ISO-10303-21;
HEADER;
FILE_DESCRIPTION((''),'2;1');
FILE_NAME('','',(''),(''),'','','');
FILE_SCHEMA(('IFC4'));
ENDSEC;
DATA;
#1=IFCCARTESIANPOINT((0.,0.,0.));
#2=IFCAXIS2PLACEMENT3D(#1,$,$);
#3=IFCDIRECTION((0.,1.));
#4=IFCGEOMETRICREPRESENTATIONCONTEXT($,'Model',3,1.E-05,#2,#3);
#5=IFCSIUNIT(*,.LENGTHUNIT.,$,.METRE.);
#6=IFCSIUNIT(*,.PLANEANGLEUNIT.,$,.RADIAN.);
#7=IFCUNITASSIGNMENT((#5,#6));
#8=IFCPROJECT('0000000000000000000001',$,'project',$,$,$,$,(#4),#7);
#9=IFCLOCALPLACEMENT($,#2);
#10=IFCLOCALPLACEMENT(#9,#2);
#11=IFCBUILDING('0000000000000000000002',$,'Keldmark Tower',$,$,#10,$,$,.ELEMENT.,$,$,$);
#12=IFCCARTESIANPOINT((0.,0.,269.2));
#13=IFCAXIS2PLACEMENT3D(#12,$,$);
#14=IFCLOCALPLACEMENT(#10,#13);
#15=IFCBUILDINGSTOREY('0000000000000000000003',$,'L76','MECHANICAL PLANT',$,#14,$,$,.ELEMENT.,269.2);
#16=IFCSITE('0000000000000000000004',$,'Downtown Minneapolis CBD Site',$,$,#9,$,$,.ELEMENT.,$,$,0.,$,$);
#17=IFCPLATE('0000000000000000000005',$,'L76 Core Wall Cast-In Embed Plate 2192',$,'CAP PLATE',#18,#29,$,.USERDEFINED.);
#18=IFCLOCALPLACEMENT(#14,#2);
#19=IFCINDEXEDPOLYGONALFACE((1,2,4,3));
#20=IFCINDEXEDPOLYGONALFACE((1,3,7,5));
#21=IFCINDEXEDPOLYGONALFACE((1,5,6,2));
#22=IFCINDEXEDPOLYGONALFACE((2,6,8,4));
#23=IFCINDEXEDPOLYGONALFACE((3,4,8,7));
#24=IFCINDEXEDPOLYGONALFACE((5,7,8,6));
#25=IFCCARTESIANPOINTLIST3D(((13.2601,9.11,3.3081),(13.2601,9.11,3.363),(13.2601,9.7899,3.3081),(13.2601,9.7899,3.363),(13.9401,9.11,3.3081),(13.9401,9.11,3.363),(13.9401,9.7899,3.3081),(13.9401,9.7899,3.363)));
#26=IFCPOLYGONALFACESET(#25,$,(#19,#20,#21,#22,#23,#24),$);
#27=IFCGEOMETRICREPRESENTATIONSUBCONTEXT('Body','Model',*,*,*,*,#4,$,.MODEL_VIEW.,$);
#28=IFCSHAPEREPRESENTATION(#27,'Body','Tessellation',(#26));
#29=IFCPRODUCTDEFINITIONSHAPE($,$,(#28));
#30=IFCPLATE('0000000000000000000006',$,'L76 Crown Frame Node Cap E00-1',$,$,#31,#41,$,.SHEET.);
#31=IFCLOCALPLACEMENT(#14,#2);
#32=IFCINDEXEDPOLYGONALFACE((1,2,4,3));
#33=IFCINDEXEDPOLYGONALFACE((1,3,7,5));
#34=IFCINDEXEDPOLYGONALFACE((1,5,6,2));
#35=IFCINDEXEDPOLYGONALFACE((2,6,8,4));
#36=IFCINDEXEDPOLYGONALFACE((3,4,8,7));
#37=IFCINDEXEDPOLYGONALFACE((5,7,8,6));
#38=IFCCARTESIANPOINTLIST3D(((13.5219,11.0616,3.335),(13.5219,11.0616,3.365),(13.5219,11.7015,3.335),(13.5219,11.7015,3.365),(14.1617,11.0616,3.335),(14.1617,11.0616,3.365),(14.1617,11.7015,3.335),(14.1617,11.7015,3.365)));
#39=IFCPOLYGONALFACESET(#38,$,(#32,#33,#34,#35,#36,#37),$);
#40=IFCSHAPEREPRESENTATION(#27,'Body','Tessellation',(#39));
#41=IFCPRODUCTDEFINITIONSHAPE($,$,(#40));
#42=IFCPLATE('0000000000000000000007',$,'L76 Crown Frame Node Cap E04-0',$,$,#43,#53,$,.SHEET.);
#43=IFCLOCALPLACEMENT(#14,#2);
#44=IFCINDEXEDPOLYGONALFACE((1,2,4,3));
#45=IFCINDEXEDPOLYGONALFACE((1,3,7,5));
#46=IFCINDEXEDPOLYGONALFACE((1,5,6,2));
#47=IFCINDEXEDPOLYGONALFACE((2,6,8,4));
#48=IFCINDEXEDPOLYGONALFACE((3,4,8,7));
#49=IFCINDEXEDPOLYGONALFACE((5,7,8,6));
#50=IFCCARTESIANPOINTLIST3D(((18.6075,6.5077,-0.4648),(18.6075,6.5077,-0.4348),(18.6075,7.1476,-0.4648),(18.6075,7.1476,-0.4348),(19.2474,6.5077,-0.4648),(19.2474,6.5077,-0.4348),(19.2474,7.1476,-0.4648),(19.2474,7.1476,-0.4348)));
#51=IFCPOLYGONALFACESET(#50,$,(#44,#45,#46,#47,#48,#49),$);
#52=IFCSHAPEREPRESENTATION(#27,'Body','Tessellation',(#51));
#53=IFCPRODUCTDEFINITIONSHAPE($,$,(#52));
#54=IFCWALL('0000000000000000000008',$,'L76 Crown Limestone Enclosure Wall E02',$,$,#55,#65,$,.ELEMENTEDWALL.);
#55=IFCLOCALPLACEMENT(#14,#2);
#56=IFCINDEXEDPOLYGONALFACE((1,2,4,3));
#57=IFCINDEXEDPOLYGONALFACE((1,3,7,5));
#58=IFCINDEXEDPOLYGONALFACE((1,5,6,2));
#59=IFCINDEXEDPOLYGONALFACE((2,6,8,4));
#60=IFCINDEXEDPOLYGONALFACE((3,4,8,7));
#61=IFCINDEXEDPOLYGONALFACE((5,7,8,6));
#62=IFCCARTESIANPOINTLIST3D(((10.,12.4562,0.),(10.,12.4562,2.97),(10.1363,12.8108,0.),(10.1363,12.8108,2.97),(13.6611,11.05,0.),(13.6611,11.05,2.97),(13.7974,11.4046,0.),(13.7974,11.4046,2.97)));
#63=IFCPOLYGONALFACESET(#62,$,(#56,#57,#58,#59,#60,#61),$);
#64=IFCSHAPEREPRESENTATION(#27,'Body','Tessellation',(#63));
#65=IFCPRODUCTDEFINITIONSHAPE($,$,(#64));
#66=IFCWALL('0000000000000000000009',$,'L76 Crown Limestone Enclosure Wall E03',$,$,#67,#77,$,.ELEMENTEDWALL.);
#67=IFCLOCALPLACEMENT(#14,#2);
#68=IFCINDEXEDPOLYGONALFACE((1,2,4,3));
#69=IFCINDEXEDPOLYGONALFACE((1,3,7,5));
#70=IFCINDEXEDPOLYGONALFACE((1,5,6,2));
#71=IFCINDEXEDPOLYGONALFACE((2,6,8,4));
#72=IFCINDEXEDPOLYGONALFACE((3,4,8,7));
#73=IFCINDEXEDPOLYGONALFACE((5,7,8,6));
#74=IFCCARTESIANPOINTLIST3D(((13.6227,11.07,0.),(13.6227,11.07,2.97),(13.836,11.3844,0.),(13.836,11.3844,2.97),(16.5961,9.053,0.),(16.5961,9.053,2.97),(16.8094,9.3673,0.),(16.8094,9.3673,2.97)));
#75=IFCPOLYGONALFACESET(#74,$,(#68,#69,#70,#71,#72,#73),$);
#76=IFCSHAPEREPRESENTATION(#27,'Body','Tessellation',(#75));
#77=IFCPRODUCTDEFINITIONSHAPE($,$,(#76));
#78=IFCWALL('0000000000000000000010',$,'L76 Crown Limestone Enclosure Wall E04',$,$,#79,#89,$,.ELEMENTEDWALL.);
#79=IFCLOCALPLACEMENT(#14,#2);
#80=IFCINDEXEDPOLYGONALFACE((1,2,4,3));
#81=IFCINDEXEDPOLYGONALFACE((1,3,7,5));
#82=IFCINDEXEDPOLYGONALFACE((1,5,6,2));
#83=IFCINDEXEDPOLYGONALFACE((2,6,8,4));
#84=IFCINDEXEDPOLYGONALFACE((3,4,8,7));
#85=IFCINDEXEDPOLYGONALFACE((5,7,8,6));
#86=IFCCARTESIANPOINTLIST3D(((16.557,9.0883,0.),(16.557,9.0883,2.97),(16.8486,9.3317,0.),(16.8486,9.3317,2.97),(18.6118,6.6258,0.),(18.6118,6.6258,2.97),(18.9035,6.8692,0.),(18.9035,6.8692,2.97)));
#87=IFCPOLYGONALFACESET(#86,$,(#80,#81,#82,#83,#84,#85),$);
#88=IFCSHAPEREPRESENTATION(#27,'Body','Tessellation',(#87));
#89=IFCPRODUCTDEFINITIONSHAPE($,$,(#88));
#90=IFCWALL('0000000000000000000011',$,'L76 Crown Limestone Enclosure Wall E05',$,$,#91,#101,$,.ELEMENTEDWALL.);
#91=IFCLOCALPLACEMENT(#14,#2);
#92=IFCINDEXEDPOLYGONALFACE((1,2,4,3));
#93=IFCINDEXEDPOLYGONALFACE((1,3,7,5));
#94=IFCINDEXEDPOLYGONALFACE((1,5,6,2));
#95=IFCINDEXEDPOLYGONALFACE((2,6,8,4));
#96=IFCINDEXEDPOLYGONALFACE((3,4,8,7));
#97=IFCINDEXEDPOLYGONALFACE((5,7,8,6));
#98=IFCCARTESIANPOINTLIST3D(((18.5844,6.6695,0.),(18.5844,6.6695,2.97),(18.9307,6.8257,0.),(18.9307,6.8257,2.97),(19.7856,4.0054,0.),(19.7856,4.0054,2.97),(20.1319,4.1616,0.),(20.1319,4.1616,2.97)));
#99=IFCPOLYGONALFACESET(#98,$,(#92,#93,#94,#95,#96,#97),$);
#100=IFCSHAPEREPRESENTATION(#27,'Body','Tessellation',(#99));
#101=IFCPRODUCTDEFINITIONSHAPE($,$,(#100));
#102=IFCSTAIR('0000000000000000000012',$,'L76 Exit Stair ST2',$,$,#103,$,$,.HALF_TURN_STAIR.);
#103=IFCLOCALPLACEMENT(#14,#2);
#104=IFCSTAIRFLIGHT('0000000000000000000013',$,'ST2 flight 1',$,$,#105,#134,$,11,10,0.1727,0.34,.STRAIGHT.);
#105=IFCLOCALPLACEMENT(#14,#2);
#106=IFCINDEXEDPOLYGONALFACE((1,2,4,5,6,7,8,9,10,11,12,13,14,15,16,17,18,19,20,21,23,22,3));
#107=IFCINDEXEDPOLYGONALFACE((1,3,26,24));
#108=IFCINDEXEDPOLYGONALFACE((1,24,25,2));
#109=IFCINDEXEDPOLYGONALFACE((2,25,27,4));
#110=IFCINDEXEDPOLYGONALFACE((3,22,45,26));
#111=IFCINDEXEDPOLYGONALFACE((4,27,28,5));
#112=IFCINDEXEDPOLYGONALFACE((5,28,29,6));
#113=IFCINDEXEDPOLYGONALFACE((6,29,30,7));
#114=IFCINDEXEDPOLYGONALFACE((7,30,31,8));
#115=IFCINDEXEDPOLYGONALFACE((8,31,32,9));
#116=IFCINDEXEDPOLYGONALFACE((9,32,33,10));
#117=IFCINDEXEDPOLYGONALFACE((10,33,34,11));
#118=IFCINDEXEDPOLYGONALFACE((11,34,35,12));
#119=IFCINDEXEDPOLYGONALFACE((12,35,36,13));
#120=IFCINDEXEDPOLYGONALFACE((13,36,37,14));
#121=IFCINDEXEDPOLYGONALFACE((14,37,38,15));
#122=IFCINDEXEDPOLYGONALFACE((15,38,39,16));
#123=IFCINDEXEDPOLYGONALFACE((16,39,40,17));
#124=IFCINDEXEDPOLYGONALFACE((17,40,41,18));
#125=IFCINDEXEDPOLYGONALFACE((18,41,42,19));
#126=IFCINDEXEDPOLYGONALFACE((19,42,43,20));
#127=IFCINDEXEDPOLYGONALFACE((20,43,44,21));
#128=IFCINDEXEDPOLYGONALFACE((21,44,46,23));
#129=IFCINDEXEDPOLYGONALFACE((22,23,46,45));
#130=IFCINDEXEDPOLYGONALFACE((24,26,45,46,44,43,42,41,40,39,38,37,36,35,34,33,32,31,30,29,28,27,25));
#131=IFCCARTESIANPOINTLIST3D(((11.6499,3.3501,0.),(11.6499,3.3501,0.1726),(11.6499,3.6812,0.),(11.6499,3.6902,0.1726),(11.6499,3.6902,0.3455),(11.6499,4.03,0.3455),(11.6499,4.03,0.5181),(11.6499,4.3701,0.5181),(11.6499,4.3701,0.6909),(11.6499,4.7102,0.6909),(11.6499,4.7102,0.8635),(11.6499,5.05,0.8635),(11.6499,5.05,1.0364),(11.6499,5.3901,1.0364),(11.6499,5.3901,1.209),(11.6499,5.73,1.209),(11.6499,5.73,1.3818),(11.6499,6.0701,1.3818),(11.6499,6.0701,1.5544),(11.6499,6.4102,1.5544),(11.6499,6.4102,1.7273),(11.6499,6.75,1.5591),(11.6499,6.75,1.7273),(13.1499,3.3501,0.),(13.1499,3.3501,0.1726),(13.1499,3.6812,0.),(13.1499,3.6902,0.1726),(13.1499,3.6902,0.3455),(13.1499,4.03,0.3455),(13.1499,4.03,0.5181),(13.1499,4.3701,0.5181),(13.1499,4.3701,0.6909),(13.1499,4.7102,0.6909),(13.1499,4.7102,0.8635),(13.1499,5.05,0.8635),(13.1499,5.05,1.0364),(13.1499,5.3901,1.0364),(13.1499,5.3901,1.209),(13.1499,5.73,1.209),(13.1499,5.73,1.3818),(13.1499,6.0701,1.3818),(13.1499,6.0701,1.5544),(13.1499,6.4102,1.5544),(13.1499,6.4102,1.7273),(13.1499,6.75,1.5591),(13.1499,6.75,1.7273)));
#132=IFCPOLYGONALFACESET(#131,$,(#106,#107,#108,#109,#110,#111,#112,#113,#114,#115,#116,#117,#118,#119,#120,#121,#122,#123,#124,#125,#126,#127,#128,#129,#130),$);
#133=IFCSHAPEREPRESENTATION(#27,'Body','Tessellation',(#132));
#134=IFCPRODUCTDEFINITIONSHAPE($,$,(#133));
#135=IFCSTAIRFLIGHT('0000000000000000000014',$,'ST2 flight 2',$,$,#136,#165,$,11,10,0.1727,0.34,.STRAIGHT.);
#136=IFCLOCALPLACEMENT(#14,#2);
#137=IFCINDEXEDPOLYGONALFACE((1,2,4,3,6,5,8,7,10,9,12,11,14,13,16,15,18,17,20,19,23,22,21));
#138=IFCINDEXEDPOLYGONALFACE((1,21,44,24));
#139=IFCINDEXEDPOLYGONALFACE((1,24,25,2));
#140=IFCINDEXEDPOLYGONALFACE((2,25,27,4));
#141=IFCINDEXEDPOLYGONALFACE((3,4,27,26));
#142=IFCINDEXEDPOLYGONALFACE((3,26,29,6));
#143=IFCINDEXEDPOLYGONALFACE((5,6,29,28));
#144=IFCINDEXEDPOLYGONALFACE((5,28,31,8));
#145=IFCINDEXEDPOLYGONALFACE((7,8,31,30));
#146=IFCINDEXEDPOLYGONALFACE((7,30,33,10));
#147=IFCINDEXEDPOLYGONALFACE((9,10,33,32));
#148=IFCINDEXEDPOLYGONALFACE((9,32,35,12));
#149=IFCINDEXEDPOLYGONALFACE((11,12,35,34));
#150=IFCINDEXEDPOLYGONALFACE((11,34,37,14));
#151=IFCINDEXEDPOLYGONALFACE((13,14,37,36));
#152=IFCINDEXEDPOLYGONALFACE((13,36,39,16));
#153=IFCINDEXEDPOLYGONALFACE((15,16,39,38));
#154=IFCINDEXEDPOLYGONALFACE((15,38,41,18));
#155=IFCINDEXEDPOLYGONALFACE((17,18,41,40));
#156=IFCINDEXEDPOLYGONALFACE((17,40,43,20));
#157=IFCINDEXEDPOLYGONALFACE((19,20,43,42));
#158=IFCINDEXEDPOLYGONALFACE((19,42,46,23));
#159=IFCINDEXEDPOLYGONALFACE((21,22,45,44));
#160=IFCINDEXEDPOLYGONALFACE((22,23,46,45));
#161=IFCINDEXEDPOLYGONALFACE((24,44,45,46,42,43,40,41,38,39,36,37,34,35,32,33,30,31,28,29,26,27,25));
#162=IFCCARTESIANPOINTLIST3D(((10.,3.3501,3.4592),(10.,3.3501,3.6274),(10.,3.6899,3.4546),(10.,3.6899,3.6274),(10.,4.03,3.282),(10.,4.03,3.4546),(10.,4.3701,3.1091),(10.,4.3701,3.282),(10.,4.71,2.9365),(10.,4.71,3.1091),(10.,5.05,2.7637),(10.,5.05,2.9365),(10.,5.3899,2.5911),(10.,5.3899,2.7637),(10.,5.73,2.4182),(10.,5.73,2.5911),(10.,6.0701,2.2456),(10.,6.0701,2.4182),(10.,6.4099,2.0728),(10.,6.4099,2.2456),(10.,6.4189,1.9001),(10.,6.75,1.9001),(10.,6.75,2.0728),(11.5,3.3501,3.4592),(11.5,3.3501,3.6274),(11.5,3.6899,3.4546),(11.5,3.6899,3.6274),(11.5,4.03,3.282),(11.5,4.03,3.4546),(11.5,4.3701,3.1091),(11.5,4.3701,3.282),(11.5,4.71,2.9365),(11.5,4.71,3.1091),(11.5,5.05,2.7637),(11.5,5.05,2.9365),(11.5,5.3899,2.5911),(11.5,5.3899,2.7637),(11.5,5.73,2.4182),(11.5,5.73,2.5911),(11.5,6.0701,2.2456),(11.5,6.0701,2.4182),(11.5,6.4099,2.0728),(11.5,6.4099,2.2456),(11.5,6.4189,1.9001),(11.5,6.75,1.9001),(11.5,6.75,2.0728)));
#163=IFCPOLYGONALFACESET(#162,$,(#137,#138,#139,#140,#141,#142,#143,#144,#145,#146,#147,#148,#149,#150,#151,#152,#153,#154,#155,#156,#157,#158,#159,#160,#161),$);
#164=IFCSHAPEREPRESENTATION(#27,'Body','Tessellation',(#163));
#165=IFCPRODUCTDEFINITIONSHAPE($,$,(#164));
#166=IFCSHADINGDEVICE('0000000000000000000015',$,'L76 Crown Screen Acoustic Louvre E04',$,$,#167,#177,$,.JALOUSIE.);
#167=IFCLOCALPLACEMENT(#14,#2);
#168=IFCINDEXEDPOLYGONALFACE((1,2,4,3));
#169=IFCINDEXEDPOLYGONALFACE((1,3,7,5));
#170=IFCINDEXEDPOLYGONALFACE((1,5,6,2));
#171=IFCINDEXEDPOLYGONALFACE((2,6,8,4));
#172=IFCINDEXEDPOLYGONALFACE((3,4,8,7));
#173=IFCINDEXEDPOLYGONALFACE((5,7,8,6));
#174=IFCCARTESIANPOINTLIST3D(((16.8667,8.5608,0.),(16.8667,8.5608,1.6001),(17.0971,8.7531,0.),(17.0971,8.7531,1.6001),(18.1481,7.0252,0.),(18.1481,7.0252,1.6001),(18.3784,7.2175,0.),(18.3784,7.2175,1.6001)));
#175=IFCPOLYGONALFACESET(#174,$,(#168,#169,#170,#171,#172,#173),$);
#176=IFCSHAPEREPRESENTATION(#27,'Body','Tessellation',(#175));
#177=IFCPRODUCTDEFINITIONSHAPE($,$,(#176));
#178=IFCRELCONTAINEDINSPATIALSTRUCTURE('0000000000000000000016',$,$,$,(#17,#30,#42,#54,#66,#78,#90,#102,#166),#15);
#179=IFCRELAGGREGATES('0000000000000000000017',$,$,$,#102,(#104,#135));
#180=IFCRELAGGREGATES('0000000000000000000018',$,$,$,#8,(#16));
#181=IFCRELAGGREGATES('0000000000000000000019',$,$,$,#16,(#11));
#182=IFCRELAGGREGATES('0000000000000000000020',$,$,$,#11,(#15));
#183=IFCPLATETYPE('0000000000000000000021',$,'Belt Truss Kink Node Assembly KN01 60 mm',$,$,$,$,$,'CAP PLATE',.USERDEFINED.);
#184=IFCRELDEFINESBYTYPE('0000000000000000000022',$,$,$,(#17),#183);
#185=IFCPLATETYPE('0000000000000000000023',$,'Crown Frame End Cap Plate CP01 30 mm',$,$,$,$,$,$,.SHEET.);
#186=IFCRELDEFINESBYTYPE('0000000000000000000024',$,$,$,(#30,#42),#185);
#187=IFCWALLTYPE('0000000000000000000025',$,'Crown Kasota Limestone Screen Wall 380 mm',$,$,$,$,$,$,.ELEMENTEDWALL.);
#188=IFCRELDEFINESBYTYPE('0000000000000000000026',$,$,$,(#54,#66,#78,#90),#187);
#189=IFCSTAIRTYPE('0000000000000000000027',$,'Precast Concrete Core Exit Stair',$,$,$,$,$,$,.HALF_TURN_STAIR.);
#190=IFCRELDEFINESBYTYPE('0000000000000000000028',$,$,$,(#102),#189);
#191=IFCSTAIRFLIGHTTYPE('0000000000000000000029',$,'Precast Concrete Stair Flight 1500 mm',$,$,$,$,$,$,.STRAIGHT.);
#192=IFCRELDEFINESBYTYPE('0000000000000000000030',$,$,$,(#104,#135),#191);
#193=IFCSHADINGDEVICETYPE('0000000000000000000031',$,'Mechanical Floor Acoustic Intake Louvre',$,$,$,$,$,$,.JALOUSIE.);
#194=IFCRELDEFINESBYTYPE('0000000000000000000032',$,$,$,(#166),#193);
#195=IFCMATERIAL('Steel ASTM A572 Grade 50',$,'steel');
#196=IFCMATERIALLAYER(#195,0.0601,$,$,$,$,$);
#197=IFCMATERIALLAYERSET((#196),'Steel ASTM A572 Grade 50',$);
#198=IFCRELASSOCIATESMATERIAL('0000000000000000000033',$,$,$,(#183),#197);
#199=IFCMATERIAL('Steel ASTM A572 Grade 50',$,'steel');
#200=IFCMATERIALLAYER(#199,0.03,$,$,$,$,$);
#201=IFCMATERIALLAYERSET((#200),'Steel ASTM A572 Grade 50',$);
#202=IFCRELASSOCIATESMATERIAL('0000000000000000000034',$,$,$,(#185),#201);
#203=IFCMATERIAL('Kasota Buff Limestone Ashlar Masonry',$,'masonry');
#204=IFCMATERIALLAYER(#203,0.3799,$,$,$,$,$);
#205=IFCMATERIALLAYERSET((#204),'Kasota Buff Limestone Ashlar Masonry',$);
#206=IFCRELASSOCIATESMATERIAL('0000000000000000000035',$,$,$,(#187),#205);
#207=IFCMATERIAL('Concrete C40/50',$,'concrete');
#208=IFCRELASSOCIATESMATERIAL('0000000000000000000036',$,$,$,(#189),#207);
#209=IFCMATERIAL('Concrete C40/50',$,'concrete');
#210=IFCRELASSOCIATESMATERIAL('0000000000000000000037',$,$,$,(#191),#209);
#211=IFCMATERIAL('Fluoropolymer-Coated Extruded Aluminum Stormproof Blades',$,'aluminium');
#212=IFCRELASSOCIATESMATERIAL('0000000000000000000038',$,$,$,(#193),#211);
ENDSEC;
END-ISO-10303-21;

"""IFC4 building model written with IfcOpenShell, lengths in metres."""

from ifc_helpers import new_model, si_unit, direction, frame, frame_2d, origin, origin_2d, place, context, subcontext, project, spatial, polyline, rectangle, outline, extrude, material, layer, layer_set, type_object, element, aggregate, save


model = new_model("IFC4")

# Units and contexts
model_context = context("Model", 3, precision=1e-05, world=origin(), true_north=direction((0.0, 1.0)))
body_context = subcontext(model_context, "Body", "Model", "MODEL_VIEW")
ifc_project = project(units=[si_unit("LENGTHUNIT", "METRE"), si_unit("PLANEANGLEUNIT", "RADIAN")], contexts=[model_context])

# Site, building, storey
site_placement = place(None, origin())
site = spatial("IfcSite", under=ifc_project, at=site_placement, Name="Downtown Minneapolis CBD Site", CompositionType="ELEMENT", RefElevation=0.0)
building_placement = place(site_placement, origin())
building = spatial("IfcBuilding", under=site, at=building_placement, Name="Keldmark Tower", CompositionType="ELEMENT")
storey_placement = place(building_placement, frame((0.0, 0.0, 269.2)))
storey = spatial("IfcBuildingStorey", under=building, at=storey_placement, Name="L76", Description="MECHANICAL PLANT", CompositionType="ELEMENT", Elevation=269.2)

# Plates
ifc_material_1 = material(Name="Steel ASTM A572 Grade 50", Category="steel")
ifc_layer_1 = layer(ifc_material_1, 0.0601)
ifc_layer_set_1 = layer_set([ifc_layer_1], Name="Steel ASTM A572 Grade 50")
plate_type_1 = type_object("IfcPlateType", Name="Belt Truss Kink Node Assembly KN01 60 mm", ElementType="CAP PLATE", PredefinedType="USERDEFINED", material=ifc_layer_set_1)
for number, where, z_axis, x_axis, name in (
    (1, (13.6001, 9.45, 3.3081), (0.0, 0.0, 1.0), (1.0, 0.0, 0.0), "L76 Core Wall Cast-In Embed Plate 2192"),
):
    element("IfcPlate", number, at=place(storey_placement, frame(where, z_axis=z_axis, x_axis=x_axis)), inside=storey, type_object=plate_type_1, Name=name, ObjectType="CAP PLATE", PredefinedType="USERDEFINED", context=body_context, shape_type="SweptSolid", body=[
        extrude(rectangle(XDim=0.6799, YDim=0.6799, at=origin_2d()), origin(), (0.0, 0.0, 1.0), 0.0549),
    ])
ifc_material_2 = material(Name="Steel ASTM A572 Grade 50", Category="steel")
ifc_layer_2 = layer(ifc_material_2, 0.03)
ifc_layer_set_2 = layer_set([ifc_layer_2], Name="Steel ASTM A572 Grade 50")
plate_type_2 = type_object("IfcPlateType", Name="Crown Frame End Cap Plate CP01 30 mm", PredefinedType="SHEET", material=ifc_layer_set_2)
for number, where, z_axis, x_axis, name in (
    (2, (13.8418, 11.3816, 3.335), (0.0, 0.0, 1.0), (1.0, 0.0, 0.0), "L76 Crown Frame Node Cap E00-1"),
    (3, (18.9275, 6.8276, -0.4648), (0.0, 0.0, 1.0), (1.0, 0.0, 0.0), "L76 Crown Frame Node Cap E04-0"),
):
    element("IfcPlate", number, at=place(storey_placement, frame(where, z_axis=z_axis, x_axis=x_axis)), inside=storey, type_object=plate_type_2, Name=name, PredefinedType="SHEET", context=body_context, shape_type="SweptSolid", body=[
        extrude(rectangle(XDim=0.6399, YDim=0.6399, at=origin_2d()), origin(), (0.0, 0.0, 1.0), 0.03),
    ])

# Walls
ifc_material_3 = material(Name="Kasota Buff Limestone Ashlar Masonry", Category="masonry")
ifc_layer_3 = layer(ifc_material_3, 0.3799)
ifc_layer_set_3 = layer_set([ifc_layer_3], Name="Kasota Buff Limestone Ashlar Masonry")
wall_type_1 = type_object("IfcWallType", Name="Crown Kasota Limestone Screen Wall 380 mm", PredefinedType="ELEMENTEDWALL", material=ifc_layer_set_3)
wall_1_placement = place(storey_placement, frame((13.7292, 11.2273, 0.0), z_axis=(0.0, 0.0, 1.0), x_axis=(-0.933506, 0.358562, 0.0)))
element("IfcWall", 4, at=wall_1_placement, inside=storey, type_object=wall_type_1, Name="L76 Crown Limestone Enclosure Wall E02", PredefinedType="ELEMENTEDWALL", context=body_context, shape_type="SweptSolid", body=[
    extrude(rectangle(XDim=3.9219, YDim=0.3799, at=frame_2d((1.9609, 0.0))), origin(), (0.0, 0.0, 1.0), 2.97),
])
wall_2_placement = place(storey_placement, frame((16.7026, 9.2102, 0.0), z_axis=(0.0, 0.0, 1.0), x_axis=(-0.827549, 0.561393, 0.0)))
element("IfcWall", 5, at=wall_2_placement, inside=storey, type_object=wall_type_1, Name="L76 Crown Limestone Enclosure Wall E03", PredefinedType="ELEMENTEDWALL", context=body_context, shape_type="SweptSolid", body=[
    extrude(rectangle(XDim=3.593, YDim=0.3799, at=frame_2d((1.7964, 0.0))), origin(), (0.0, 0.0, 1.0), 2.97),
])
wall_3_placement = place(storey_placement, frame((18.7576, 6.7476, 0.0), z_axis=(0.0, 0.0, 1.0), x_axis=(-0.640686, 0.767803, 0.0)))
element("IfcWall", 6, at=wall_3_placement, inside=storey, type_object=wall_type_1, Name="L76 Crown Limestone Enclosure Wall E04", PredefinedType="ELEMENTEDWALL", context=body_context, shape_type="SweptSolid", body=[
    extrude(rectangle(XDim=3.2073, YDim=0.3799, at=frame_2d((1.6035, 0.0))), origin(), (0.0, 0.0, 1.0), 2.97),
])
wall_4_placement = place(storey_placement, frame((19.9587, 4.0835, 0.0), z_axis=(0.0, 0.0, 1.0), x_axis=(-0.411032, 0.911621, 0.0)))
element("IfcWall", 7, at=wall_4_placement, inside=storey, type_object=wall_type_1, Name="L76 Crown Limestone Enclosure Wall E05", PredefinedType="ELEMENTEDWALL", context=body_context, shape_type="SweptSolid", body=[
    extrude(rectangle(XDim=2.9224, YDim=0.3799, at=frame_2d((1.4612, 0.0))), origin(), (0.0, 0.0, 1.0), 2.97),
])

# Stair, stair flights
ifc_material_4 = material(Name="Concrete C40/50", Category="concrete")
stair_type = type_object("IfcStairType", Name="Precast Concrete Core Exit Stair", PredefinedType="HALF_TURN_STAIR", material=ifc_material_4)
stair_placement = place(storey_placement, origin())
stair = element("IfcStair", 8, at=stair_placement, inside=storey, type_object=stair_type, Name="L76 Exit Stair ST2", PredefinedType="HALF_TURN_STAIR")
ifc_material_5 = material(Name="Concrete C40/50", Category="concrete")
stair_flight_type = type_object("IfcStairFlightType", Name="Precast Concrete Stair Flight 1500 mm", PredefinedType="STRAIGHT", material=ifc_material_5)
stair_flight_1_placement = place(storey_placement, frame((12.3999, 3.3501, 0.0), z_axis=(0.0, 0.0, 1.0), x_axis=(0.0, 1.0, 0.0)))
stair_flight_1 = element("IfcStairFlight", 9, at=stair_flight_1_placement, type_object=stair_flight_type, Name="ST2 flight 1", NumberOfRisers=11, NumberOfTreads=10, PredefinedType="STRAIGHT", RiserHeight=0.1727, TreadLength=0.34, context=body_context, shape_type="SweptSolid", body=[
    extrude(outline(polyline([(0.0, 0.0), (0.0, 0.1726), (0.3401, 0.1726), (0.3401, 0.3455), (0.6799, 0.3455), (0.6799, 0.5181), (1.02, 0.5181), (1.02, 0.6909), (1.3601, 0.6909), (1.3601, 0.8635), (1.7, 0.8635), (1.7, 1.0364), (2.04, 1.0364), (2.04, 1.209), (2.3799, 1.209), (2.3799, 1.3818), (2.72, 1.3818), (2.72, 1.5544), (3.0601, 1.5544), (3.0601, 1.7273), (3.3999, 1.7273), (3.3999, 1.8999), (3.3999, 1.5591), (0.3311, 0.0), (0.0, 0.0)])), frame((0.0, 0.75, 0.0), z_axis=(0.0, -1.0, 0.0), x_axis=(1.0, 0.0, 0.0)), (0.0, 0.0, 1.0), 1.5),
])
stair_flight_2_placement = place(storey_placement, frame((10.75, 6.75, 1.9001), z_axis=(0.0, 0.0, 1.0), x_axis=(0.0, -1.0, 0.0)))
stair_flight_2 = element("IfcStairFlight", 10, at=stair_flight_2_placement, type_object=stair_flight_type, Name="ST2 flight 2", NumberOfRisers=11, NumberOfTreads=10, PredefinedType="STRAIGHT", RiserHeight=0.1727, TreadLength=0.34, context=body_context, shape_type="SweptSolid", body=[
    extrude(outline(polyline([(0.0, 0.0), (0.0, 0.1726), (0.3401, 0.1726), (0.3401, 0.3455), (0.6799, 0.3455), (0.6799, 0.5181), (1.02, 0.5181), (1.02, 0.6909), (1.3601, 0.6909), (1.3601, 0.8635), (1.7, 0.8635), (1.7, 1.0364), (2.04, 1.0364), (2.04, 1.209), (2.3799, 1.209), (2.3799, 1.3818), (2.72, 1.3818), (2.72, 1.5544), (3.0601, 1.5544), (3.0601, 1.7273), (3.3999, 1.7273), (3.3999, 1.8999), (3.3999, 1.5591), (0.3311, 0.0), (0.0, 0.0)])), frame((0.0, 0.75, 0.0), z_axis=(0.0, -1.0, 0.0), x_axis=(1.0, 0.0, 0.0)), (0.0, 0.0, 1.0), 1.5),
])
aggregate(stair, [stair_flight_1, stair_flight_2])

# Shading device
ifc_material_6 = material(Name="Fluoropolymer-Coated Extruded Aluminum Stormproof Blades", Category="aluminium")
shading_device_type = type_object("IfcShadingDeviceType", Name="Mechanical Floor Acoustic Intake Louvre", PredefinedType="JALOUSIE", material=ifc_material_6)
shading_device_placement = place(storey_placement, frame((17.6226, 7.8892, 0.0), z_axis=(0.0, 0.0, 1.0), x_axis=(-0.640686, 0.767803, 0.0)))
element("IfcShadingDevice", 11, at=shading_device_placement, inside=storey, type_object=shading_device_type, Name="L76 Crown Screen Acoustic Louvre E04", PredefinedType="JALOUSIE", context=body_context, shape_type="SweptSolid", body=[
    extrude(rectangle(XDim=2.0, YDim=0.3, at=origin_2d()), origin(), (0.0, 0.0, 1.0), 1.6001),
])

save(model, "model.ifc")
